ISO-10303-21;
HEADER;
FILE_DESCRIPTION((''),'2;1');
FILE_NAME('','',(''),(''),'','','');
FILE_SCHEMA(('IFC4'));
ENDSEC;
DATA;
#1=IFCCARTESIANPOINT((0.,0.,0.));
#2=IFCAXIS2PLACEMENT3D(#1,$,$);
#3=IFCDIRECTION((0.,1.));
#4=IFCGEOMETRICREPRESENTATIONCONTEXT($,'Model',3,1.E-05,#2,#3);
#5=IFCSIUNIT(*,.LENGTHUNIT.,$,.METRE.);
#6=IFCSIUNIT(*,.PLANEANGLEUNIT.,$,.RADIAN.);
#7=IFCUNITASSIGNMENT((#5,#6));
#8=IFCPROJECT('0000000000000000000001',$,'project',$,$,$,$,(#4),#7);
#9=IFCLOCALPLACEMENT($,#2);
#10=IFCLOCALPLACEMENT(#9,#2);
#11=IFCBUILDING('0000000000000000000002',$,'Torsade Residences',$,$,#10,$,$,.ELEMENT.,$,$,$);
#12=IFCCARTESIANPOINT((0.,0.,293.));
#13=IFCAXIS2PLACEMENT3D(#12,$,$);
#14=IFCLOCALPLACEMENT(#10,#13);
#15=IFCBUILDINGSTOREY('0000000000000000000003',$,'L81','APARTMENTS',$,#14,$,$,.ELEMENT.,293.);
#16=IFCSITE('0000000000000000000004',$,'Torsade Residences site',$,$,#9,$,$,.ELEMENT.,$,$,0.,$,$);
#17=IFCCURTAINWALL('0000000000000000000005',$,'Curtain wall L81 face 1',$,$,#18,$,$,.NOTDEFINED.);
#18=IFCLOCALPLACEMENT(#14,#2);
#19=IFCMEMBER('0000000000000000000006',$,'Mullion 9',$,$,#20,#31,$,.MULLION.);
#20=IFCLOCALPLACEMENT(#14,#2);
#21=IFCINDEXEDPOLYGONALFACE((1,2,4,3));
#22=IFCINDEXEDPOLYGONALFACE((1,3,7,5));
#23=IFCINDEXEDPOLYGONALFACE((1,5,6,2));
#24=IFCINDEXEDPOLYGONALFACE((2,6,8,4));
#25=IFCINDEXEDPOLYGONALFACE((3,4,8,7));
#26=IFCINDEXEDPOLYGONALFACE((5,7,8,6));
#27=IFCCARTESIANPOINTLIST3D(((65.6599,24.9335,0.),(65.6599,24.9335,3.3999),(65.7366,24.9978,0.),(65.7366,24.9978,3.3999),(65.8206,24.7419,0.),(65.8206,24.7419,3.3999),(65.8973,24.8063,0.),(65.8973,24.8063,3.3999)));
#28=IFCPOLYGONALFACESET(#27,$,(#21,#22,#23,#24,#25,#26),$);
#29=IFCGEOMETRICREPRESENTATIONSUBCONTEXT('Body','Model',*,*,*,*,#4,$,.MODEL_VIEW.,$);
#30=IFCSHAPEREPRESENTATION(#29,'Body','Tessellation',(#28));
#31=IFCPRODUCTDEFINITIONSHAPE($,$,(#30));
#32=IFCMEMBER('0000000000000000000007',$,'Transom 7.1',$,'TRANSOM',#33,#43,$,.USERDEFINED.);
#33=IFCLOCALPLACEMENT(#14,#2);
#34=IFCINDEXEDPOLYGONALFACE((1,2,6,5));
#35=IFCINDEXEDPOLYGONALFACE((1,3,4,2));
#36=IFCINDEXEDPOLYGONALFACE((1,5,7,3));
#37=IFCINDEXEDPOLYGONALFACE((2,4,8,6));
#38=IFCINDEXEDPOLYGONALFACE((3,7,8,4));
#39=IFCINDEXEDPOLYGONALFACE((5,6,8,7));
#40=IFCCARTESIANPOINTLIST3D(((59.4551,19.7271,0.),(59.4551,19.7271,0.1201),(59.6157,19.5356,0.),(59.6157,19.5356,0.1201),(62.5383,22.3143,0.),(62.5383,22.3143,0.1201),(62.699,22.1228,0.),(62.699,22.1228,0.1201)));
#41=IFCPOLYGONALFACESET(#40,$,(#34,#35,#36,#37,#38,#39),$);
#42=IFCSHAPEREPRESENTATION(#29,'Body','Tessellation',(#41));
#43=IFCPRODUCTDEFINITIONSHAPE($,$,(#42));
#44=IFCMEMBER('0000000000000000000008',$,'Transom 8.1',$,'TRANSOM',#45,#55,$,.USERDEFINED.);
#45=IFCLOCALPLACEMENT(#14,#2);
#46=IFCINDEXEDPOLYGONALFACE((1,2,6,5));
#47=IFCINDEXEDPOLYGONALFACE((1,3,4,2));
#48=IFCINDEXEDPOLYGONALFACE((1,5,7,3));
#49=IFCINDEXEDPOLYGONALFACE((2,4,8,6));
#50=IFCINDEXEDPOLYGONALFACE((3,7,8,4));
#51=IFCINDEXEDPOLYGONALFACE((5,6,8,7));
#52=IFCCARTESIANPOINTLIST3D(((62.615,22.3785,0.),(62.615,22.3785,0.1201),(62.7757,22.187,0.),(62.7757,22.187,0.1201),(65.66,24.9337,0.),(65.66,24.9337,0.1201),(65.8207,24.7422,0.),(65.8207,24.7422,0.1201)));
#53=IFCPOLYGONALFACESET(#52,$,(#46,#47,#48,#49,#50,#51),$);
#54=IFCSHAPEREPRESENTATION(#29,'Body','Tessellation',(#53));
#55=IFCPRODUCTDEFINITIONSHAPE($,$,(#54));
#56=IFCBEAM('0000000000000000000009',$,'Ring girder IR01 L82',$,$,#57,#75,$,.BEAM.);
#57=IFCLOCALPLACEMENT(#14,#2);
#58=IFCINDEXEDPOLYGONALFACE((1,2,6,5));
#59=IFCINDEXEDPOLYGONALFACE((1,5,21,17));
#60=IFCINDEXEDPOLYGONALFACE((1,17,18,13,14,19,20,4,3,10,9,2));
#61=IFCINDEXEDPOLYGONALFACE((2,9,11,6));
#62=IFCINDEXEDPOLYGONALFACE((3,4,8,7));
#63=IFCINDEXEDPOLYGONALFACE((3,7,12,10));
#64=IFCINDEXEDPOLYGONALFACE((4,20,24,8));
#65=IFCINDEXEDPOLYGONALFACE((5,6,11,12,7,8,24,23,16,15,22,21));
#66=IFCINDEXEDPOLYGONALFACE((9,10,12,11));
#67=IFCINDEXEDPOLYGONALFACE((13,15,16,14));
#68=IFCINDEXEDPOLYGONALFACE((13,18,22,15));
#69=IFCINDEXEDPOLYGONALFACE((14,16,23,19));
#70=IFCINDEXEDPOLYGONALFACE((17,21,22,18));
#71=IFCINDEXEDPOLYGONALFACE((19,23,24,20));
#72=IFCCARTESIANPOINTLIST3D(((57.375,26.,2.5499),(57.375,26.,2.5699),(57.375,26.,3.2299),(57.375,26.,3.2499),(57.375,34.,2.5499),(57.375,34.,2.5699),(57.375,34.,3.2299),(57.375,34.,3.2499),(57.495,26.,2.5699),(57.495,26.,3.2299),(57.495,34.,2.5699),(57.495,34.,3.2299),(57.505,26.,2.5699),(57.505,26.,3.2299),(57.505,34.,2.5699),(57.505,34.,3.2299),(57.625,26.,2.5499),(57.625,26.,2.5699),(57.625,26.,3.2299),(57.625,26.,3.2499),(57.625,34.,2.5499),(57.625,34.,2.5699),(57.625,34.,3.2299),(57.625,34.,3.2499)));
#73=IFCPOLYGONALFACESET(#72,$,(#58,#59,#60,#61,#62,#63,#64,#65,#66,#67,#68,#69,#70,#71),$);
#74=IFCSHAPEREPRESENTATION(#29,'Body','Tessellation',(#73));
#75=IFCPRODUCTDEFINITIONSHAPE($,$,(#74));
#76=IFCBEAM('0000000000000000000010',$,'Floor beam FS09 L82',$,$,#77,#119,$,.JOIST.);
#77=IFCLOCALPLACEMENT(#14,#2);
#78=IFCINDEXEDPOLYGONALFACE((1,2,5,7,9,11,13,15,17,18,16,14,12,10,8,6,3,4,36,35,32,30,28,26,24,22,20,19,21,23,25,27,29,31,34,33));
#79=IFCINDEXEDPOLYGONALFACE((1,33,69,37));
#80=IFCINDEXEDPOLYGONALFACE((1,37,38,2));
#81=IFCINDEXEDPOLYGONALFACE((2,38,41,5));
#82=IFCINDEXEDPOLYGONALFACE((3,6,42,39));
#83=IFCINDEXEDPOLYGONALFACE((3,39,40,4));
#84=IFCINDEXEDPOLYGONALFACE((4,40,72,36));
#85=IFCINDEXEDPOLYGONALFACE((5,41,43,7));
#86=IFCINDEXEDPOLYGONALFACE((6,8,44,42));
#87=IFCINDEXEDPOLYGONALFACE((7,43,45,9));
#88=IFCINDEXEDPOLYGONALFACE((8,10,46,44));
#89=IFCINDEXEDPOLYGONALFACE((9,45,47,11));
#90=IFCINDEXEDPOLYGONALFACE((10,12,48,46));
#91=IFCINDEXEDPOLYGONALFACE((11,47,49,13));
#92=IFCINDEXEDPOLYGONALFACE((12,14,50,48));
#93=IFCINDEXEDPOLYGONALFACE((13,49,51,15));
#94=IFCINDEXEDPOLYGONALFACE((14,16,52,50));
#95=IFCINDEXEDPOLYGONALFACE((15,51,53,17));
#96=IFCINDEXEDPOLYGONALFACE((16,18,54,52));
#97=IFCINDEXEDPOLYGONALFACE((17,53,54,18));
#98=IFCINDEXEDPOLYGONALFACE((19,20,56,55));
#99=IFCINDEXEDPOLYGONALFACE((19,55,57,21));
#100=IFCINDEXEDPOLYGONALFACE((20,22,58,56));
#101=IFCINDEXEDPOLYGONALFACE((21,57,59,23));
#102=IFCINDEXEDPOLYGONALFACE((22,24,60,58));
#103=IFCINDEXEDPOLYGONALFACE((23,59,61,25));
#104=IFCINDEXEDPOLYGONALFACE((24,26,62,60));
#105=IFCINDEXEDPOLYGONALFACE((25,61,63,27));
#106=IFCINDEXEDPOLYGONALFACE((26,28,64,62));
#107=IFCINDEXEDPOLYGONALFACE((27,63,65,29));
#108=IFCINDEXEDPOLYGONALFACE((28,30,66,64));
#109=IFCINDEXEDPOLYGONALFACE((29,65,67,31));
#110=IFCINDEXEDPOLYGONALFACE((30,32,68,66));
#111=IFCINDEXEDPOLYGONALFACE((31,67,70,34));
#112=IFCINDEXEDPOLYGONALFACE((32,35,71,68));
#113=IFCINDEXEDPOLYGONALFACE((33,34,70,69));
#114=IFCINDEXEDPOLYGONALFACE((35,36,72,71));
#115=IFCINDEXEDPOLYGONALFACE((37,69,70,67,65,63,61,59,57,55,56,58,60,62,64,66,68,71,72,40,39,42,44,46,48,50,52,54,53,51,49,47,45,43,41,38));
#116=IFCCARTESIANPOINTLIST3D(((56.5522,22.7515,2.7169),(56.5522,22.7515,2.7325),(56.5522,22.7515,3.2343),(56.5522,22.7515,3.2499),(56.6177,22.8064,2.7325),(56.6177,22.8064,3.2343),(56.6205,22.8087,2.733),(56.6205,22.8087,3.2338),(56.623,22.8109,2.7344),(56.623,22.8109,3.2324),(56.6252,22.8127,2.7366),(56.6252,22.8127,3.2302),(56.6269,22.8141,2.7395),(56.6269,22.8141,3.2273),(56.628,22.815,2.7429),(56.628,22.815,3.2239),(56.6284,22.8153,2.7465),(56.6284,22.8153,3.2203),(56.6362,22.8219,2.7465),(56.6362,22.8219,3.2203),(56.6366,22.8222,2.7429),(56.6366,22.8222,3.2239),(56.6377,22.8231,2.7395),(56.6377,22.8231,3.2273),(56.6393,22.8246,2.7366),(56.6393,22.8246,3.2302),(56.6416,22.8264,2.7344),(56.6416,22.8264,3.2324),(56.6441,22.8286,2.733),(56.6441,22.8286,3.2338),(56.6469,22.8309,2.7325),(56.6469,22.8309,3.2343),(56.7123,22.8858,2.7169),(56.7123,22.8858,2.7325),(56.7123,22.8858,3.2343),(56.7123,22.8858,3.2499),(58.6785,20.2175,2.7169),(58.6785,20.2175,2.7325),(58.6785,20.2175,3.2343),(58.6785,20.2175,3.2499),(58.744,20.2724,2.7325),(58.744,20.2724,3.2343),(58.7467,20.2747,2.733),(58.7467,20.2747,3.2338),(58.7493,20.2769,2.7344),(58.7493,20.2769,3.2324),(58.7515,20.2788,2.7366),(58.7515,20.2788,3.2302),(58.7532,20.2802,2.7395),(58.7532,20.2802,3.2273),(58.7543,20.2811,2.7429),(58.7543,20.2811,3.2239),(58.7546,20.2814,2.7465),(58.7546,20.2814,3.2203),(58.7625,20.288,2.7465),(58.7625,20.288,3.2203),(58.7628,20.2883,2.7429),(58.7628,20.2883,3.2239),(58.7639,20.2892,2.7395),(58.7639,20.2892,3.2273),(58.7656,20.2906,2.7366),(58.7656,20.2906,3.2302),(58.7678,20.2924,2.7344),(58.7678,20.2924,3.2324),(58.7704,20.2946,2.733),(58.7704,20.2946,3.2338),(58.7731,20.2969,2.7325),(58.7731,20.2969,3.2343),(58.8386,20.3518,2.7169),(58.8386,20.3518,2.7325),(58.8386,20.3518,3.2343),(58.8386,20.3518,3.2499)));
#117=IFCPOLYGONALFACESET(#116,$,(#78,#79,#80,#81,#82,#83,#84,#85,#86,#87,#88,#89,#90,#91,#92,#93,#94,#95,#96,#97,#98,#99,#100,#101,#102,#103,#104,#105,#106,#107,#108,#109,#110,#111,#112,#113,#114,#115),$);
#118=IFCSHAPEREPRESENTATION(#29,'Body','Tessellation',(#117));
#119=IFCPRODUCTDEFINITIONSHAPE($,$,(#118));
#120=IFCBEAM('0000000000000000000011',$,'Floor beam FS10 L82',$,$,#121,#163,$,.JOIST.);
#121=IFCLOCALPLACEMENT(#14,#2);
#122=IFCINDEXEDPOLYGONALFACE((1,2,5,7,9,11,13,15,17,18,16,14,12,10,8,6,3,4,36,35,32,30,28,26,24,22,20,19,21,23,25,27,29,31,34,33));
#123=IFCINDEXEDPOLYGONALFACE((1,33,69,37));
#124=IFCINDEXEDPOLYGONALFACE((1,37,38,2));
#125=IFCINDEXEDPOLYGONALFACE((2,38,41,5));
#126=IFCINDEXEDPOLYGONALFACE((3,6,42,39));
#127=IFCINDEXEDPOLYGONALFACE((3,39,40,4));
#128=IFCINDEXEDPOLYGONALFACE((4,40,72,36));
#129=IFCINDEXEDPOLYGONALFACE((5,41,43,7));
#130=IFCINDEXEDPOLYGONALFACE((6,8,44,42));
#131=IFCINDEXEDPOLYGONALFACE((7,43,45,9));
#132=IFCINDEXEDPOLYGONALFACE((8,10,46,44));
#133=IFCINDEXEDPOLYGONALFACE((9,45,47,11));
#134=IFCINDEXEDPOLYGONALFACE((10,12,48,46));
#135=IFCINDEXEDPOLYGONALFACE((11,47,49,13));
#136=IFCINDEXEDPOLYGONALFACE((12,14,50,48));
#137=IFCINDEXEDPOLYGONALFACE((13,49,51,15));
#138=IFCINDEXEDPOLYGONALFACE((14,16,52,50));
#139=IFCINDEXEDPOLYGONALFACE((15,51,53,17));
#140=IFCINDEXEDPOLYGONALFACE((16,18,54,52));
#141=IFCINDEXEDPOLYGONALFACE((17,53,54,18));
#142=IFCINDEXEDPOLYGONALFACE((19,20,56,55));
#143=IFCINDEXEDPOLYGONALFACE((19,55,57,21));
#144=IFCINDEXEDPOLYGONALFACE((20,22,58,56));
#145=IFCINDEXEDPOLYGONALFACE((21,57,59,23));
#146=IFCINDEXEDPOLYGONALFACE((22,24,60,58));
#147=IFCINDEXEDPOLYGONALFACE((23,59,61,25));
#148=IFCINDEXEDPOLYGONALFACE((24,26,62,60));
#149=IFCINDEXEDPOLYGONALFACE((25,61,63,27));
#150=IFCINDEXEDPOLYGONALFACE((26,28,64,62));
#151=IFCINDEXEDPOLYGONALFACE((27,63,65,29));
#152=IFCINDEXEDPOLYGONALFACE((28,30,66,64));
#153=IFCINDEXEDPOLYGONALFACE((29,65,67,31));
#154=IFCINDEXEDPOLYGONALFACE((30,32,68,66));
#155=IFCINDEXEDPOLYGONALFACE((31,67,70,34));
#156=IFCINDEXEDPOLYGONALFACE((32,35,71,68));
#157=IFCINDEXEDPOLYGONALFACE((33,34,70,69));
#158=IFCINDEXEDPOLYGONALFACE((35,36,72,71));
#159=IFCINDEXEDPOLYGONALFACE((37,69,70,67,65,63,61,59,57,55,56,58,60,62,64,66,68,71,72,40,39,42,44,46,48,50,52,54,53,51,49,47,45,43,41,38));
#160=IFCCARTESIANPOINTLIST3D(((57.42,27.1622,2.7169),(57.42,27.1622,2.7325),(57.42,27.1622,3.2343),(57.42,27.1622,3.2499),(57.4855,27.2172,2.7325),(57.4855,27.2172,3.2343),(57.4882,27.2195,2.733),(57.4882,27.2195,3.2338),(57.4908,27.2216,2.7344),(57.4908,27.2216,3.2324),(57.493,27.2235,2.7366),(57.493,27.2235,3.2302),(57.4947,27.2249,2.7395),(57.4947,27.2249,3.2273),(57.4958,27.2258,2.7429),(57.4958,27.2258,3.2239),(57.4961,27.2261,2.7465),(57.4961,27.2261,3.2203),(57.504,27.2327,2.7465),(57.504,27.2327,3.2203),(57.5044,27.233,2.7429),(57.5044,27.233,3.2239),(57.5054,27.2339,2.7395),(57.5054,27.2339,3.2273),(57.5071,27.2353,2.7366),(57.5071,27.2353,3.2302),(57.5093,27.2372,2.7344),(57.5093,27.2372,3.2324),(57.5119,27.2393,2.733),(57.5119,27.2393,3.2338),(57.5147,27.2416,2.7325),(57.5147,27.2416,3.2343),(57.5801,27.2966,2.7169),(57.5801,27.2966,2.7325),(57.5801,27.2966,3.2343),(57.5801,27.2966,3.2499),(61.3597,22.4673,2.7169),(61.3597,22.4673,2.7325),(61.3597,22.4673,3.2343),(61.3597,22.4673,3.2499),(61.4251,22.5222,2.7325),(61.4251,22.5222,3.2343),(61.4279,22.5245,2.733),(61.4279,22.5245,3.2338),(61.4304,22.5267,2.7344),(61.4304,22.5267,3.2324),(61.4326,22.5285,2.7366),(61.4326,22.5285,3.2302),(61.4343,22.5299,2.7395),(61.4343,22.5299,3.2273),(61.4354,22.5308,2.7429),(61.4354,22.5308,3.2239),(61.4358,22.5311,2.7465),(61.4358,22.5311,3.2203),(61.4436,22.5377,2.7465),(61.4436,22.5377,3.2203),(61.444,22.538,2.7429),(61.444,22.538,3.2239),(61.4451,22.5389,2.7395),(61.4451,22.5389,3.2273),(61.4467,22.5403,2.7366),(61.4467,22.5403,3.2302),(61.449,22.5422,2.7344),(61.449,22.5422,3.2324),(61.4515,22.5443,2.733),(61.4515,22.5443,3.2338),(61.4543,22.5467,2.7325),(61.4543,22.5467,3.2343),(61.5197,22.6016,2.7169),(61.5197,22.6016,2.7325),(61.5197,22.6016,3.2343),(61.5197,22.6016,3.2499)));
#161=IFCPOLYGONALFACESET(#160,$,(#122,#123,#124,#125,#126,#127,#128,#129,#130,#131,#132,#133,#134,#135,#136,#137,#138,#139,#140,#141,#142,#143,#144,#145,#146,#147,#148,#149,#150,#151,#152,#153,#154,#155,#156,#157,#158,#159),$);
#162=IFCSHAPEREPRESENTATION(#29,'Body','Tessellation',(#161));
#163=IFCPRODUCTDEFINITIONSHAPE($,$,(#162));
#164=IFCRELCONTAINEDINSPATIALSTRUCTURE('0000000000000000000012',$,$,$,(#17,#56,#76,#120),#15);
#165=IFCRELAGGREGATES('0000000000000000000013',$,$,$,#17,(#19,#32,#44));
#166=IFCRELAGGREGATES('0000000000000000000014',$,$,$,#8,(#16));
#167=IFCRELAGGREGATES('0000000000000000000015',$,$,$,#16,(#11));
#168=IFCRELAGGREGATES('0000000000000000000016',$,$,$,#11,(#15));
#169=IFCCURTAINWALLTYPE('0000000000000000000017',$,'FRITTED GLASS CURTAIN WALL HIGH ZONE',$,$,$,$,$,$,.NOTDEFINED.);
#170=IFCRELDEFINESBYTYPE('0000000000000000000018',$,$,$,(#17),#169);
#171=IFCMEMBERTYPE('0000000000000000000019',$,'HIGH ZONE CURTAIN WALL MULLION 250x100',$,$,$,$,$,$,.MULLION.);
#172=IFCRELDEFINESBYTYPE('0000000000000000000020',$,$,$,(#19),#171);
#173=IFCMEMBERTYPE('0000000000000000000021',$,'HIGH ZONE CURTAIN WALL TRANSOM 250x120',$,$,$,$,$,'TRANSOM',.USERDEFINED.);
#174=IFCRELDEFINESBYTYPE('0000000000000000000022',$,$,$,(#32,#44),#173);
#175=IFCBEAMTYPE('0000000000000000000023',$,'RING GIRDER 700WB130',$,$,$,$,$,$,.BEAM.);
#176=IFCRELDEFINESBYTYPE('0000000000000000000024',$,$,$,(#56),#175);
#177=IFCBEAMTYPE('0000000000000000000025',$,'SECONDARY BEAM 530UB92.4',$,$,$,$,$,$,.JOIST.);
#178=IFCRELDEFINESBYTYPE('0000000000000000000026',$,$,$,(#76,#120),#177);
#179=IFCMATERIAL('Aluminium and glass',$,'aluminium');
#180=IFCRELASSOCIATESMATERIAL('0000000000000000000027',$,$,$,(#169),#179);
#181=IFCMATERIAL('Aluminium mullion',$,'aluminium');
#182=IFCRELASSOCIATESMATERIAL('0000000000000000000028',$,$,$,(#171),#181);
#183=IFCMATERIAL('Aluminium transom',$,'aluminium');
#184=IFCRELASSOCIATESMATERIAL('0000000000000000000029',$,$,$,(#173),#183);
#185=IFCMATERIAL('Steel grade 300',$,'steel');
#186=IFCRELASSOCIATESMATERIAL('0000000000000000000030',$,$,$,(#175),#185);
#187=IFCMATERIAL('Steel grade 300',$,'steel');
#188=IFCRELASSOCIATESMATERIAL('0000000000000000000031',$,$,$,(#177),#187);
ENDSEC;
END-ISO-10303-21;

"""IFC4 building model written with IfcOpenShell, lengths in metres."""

from ifc_helpers import new_model, si_unit, direction, frame, origin, origin_2d, place, context, subcontext, project, spatial, rectangle, i_section, extrude, material, material_profile, profile_set, type_object, element, aggregate, save


model = new_model("IFC4")

# Units and contexts
model_context = context("Model", 3, precision=1e-05, world=origin(), true_north=direction((0.0, 1.0)))
body_context = subcontext(model_context, "Body", "Model", "MODEL_VIEW")
ifc_project = project(units=[si_unit("LENGTHUNIT", "METRE"), si_unit("PLANEANGLEUNIT", "RADIAN")], contexts=[model_context])

# Site, building, storey
site_placement = place(None, origin())
site = spatial("IfcSite", under=ifc_project, at=site_placement, Name="Torsade Residences site", CompositionType="ELEMENT", RefElevation=0.0)
building_placement = place(site_placement, origin())
building = spatial("IfcBuilding", under=site, at=building_placement, Name="Torsade Residences", CompositionType="ELEMENT")
storey_placement = place(building_placement, frame((0.0, 0.0, 293.0)))
storey = spatial("IfcBuildingStorey", under=building, at=storey_placement, Name="L81", Description="APARTMENTS", CompositionType="ELEMENT", Elevation=293.0)

# Curtain wall, members
ifc_material_1 = material(Name="Aluminium and glass", Category="aluminium")
curtain_wall_type = type_object("IfcCurtainWallType", Name="FRITTED GLASS CURTAIN WALL HIGH ZONE", PredefinedType="NOTDEFINED", material=ifc_material_1)
curtain_wall_placement = place(storey_placement, origin())
curtain_wall = element("IfcCurtainWall", 1, at=curtain_wall_placement, inside=storey, type_object=curtain_wall_type, Name="Curtain wall L81 face 1", PredefinedType="NOTDEFINED")
ifc_material_2 = material(Name="Aluminium mullion", Category="aluminium")
ifc_material_profile_1 = material_profile(ifc_material_2, rectangle(XDim=0.25, YDim=0.1001, at=origin_2d()), Name="HIGH ZONE CURTAIN WALL MULLION 250x100")
ifc_profile_set_1 = profile_set([ifc_material_profile_1], Name="Aluminium mullion")
member_type_1 = type_object("IfcMemberType", Name="HIGH ZONE CURTAIN WALL MULLION 250x100", PredefinedType="MULLION", material=ifc_profile_set_1)
member_1_placement = place(storey_placement, frame((65.7786, 24.8699, 0.0), z_axis=(0.0, 0.0, 1.0), x_axis=(-0.642788, 0.766044, 0.0)))
member_1 = element("IfcMember", 2, at=member_1_placement, type_object=member_type_1, Name="Mullion 9", PredefinedType="MULLION", context=body_context, shape_type="SweptSolid", body=[
    extrude(rectangle(XDim=0.25, YDim=0.1001, at=origin_2d()), origin(), (0.0, 0.0, 1.0), 3.3999),
])
ifc_material_3 = material(Name="Aluminium transom", Category="aluminium")
ifc_material_profile_2 = material_profile(ifc_material_3, rectangle(XDim=0.25, YDim=0.1201, at=origin_2d()), Name="HIGH ZONE CURTAIN WALL TRANSOM 250x120")
ifc_profile_set_2 = profile_set([ifc_material_profile_2], Name="Aluminium transom")
member_type_2 = type_object("IfcMemberType", Name="HIGH ZONE CURTAIN WALL TRANSOM 250x120", ElementType="TRANSOM", PredefinedType="USERDEFINED", material=ifc_profile_set_2)
member_2_placement = place(storey_placement, frame((59.5354, 19.6313, 0.0601), z_axis=(0.766044, 0.642788, 0.0), x_axis=(-0.642788, 0.766044, 0.0)))
member_2 = element("IfcMember", 3, at=member_2_placement, type_object=member_type_2, Name="Transom 7.1", ObjectType="TRANSOM", PredefinedType="USERDEFINED", context=body_context, shape_type="SweptSolid", body=[
    extrude(rectangle(XDim=0.25, YDim=0.1201, at=origin_2d()), origin(), (0.0, 0.0, 1.0), 4.0249),
])
member_3_placement = place(storey_placement, frame((62.6953, 22.2827, 0.0601), z_axis=(0.766022, 0.642815, 0.0), x_axis=(-0.642815, 0.766022, 0.0)))
member_3 = element("IfcMember", 4, at=member_3_placement, type_object=member_type_2, Name="Transom 8.1", ObjectType="TRANSOM", PredefinedType="USERDEFINED", context=body_context, shape_type="SweptSolid", body=[
    extrude(rectangle(XDim=0.25, YDim=0.1201, at=origin_2d()), origin(), (0.0, 0.0, 1.0), 3.9751),
])

# Beams
ifc_material_4 = material(Name="Steel grade 300", Category="steel")
ifc_material_profile_3 = material_profile(ifc_material_4, i_section(OverallWidth=0.25, OverallDepth=0.7, WebThickness=0.01, FlangeThickness=0.02, at=origin_2d()), Name="700WB130")
ifc_profile_set_3 = profile_set([ifc_material_profile_3], Name="Steel grade 300")
beam_type_1 = type_object("IfcBeamType", Name="RING GIRDER 700WB130", PredefinedType="BEAM", material=ifc_profile_set_3)
beam_1_placement = place(storey_placement, frame((57.5, 26.0, 2.8999), z_axis=(0.0, 1.0, 0.0), x_axis=(-1.0, 0.0, 0.0)))
element("IfcBeam", 5, at=beam_1_placement, inside=storey, type_object=beam_type_1, Name="Ring girder IR01 L82", PredefinedType="BEAM", context=body_context, shape_type="SweptSolid", body=[
    extrude(i_section(OverallWidth=0.25, OverallDepth=0.7, WebThickness=0.01, FlangeThickness=0.02, at=origin_2d()), origin(), (0.0, 0.0, 1.0), 8.0),
])
ifc_material_5 = material(Name="Steel grade 300", Category="steel")
ifc_material_profile_4 = material_profile(ifc_material_5, i_section(OverallWidth=0.209, OverallDepth=0.533, WebThickness=0.0103, FlangeThickness=0.0156, FilletRadius=0.0139, at=origin_2d()), Name="530UB92.4")
ifc_profile_set_4 = profile_set([ifc_material_profile_4], Name="Steel grade 300")
beam_type_2 = type_object("IfcBeamType", Name="SECONDARY BEAM 530UB92.4", PredefinedType="JOIST", material=ifc_profile_set_4)
beam_2_placement = place(storey_placement, frame((58.7585, 20.2847, 2.9834), z_axis=(-0.642787, 0.766045, 0.0), x_axis=(-0.766045, -0.642787, 0.0)))
element("IfcBeam", 6, at=beam_2_placement, inside=storey, type_object=beam_type_2, Name="Floor beam FS09 L82", PredefinedType="JOIST", context=body_context, shape_type="SweptSolid", body=[
    extrude(i_section(OverallWidth=0.209, OverallDepth=0.533, WebThickness=0.0103, FlangeThickness=0.0156, FilletRadius=0.0139, at=origin_2d()), origin(), (0.0, 0.0, 1.0), 3.3079),
])
beam_3_placement = place(storey_placement, frame((61.4397, 22.5344, 2.9834), z_axis=(-0.642794, 0.766039, 0.0), x_axis=(-0.766039, -0.642794, 0.0)))
element("IfcBeam", 7, at=beam_3_placement, inside=storey, type_object=beam_type_2, Name="Floor beam FS10 L82", PredefinedType="JOIST", context=body_context, shape_type="SweptSolid", body=[
    extrude(i_section(OverallWidth=0.209, OverallDepth=0.533, WebThickness=0.0103, FlangeThickness=0.0156, FilletRadius=0.0139, at=origin_2d()), origin(), (0.0, 0.0, 1.0), 6.1289),
])

aggregate(curtain_wall, [member_1, member_2, member_3])

save(model, "model.ifc")
